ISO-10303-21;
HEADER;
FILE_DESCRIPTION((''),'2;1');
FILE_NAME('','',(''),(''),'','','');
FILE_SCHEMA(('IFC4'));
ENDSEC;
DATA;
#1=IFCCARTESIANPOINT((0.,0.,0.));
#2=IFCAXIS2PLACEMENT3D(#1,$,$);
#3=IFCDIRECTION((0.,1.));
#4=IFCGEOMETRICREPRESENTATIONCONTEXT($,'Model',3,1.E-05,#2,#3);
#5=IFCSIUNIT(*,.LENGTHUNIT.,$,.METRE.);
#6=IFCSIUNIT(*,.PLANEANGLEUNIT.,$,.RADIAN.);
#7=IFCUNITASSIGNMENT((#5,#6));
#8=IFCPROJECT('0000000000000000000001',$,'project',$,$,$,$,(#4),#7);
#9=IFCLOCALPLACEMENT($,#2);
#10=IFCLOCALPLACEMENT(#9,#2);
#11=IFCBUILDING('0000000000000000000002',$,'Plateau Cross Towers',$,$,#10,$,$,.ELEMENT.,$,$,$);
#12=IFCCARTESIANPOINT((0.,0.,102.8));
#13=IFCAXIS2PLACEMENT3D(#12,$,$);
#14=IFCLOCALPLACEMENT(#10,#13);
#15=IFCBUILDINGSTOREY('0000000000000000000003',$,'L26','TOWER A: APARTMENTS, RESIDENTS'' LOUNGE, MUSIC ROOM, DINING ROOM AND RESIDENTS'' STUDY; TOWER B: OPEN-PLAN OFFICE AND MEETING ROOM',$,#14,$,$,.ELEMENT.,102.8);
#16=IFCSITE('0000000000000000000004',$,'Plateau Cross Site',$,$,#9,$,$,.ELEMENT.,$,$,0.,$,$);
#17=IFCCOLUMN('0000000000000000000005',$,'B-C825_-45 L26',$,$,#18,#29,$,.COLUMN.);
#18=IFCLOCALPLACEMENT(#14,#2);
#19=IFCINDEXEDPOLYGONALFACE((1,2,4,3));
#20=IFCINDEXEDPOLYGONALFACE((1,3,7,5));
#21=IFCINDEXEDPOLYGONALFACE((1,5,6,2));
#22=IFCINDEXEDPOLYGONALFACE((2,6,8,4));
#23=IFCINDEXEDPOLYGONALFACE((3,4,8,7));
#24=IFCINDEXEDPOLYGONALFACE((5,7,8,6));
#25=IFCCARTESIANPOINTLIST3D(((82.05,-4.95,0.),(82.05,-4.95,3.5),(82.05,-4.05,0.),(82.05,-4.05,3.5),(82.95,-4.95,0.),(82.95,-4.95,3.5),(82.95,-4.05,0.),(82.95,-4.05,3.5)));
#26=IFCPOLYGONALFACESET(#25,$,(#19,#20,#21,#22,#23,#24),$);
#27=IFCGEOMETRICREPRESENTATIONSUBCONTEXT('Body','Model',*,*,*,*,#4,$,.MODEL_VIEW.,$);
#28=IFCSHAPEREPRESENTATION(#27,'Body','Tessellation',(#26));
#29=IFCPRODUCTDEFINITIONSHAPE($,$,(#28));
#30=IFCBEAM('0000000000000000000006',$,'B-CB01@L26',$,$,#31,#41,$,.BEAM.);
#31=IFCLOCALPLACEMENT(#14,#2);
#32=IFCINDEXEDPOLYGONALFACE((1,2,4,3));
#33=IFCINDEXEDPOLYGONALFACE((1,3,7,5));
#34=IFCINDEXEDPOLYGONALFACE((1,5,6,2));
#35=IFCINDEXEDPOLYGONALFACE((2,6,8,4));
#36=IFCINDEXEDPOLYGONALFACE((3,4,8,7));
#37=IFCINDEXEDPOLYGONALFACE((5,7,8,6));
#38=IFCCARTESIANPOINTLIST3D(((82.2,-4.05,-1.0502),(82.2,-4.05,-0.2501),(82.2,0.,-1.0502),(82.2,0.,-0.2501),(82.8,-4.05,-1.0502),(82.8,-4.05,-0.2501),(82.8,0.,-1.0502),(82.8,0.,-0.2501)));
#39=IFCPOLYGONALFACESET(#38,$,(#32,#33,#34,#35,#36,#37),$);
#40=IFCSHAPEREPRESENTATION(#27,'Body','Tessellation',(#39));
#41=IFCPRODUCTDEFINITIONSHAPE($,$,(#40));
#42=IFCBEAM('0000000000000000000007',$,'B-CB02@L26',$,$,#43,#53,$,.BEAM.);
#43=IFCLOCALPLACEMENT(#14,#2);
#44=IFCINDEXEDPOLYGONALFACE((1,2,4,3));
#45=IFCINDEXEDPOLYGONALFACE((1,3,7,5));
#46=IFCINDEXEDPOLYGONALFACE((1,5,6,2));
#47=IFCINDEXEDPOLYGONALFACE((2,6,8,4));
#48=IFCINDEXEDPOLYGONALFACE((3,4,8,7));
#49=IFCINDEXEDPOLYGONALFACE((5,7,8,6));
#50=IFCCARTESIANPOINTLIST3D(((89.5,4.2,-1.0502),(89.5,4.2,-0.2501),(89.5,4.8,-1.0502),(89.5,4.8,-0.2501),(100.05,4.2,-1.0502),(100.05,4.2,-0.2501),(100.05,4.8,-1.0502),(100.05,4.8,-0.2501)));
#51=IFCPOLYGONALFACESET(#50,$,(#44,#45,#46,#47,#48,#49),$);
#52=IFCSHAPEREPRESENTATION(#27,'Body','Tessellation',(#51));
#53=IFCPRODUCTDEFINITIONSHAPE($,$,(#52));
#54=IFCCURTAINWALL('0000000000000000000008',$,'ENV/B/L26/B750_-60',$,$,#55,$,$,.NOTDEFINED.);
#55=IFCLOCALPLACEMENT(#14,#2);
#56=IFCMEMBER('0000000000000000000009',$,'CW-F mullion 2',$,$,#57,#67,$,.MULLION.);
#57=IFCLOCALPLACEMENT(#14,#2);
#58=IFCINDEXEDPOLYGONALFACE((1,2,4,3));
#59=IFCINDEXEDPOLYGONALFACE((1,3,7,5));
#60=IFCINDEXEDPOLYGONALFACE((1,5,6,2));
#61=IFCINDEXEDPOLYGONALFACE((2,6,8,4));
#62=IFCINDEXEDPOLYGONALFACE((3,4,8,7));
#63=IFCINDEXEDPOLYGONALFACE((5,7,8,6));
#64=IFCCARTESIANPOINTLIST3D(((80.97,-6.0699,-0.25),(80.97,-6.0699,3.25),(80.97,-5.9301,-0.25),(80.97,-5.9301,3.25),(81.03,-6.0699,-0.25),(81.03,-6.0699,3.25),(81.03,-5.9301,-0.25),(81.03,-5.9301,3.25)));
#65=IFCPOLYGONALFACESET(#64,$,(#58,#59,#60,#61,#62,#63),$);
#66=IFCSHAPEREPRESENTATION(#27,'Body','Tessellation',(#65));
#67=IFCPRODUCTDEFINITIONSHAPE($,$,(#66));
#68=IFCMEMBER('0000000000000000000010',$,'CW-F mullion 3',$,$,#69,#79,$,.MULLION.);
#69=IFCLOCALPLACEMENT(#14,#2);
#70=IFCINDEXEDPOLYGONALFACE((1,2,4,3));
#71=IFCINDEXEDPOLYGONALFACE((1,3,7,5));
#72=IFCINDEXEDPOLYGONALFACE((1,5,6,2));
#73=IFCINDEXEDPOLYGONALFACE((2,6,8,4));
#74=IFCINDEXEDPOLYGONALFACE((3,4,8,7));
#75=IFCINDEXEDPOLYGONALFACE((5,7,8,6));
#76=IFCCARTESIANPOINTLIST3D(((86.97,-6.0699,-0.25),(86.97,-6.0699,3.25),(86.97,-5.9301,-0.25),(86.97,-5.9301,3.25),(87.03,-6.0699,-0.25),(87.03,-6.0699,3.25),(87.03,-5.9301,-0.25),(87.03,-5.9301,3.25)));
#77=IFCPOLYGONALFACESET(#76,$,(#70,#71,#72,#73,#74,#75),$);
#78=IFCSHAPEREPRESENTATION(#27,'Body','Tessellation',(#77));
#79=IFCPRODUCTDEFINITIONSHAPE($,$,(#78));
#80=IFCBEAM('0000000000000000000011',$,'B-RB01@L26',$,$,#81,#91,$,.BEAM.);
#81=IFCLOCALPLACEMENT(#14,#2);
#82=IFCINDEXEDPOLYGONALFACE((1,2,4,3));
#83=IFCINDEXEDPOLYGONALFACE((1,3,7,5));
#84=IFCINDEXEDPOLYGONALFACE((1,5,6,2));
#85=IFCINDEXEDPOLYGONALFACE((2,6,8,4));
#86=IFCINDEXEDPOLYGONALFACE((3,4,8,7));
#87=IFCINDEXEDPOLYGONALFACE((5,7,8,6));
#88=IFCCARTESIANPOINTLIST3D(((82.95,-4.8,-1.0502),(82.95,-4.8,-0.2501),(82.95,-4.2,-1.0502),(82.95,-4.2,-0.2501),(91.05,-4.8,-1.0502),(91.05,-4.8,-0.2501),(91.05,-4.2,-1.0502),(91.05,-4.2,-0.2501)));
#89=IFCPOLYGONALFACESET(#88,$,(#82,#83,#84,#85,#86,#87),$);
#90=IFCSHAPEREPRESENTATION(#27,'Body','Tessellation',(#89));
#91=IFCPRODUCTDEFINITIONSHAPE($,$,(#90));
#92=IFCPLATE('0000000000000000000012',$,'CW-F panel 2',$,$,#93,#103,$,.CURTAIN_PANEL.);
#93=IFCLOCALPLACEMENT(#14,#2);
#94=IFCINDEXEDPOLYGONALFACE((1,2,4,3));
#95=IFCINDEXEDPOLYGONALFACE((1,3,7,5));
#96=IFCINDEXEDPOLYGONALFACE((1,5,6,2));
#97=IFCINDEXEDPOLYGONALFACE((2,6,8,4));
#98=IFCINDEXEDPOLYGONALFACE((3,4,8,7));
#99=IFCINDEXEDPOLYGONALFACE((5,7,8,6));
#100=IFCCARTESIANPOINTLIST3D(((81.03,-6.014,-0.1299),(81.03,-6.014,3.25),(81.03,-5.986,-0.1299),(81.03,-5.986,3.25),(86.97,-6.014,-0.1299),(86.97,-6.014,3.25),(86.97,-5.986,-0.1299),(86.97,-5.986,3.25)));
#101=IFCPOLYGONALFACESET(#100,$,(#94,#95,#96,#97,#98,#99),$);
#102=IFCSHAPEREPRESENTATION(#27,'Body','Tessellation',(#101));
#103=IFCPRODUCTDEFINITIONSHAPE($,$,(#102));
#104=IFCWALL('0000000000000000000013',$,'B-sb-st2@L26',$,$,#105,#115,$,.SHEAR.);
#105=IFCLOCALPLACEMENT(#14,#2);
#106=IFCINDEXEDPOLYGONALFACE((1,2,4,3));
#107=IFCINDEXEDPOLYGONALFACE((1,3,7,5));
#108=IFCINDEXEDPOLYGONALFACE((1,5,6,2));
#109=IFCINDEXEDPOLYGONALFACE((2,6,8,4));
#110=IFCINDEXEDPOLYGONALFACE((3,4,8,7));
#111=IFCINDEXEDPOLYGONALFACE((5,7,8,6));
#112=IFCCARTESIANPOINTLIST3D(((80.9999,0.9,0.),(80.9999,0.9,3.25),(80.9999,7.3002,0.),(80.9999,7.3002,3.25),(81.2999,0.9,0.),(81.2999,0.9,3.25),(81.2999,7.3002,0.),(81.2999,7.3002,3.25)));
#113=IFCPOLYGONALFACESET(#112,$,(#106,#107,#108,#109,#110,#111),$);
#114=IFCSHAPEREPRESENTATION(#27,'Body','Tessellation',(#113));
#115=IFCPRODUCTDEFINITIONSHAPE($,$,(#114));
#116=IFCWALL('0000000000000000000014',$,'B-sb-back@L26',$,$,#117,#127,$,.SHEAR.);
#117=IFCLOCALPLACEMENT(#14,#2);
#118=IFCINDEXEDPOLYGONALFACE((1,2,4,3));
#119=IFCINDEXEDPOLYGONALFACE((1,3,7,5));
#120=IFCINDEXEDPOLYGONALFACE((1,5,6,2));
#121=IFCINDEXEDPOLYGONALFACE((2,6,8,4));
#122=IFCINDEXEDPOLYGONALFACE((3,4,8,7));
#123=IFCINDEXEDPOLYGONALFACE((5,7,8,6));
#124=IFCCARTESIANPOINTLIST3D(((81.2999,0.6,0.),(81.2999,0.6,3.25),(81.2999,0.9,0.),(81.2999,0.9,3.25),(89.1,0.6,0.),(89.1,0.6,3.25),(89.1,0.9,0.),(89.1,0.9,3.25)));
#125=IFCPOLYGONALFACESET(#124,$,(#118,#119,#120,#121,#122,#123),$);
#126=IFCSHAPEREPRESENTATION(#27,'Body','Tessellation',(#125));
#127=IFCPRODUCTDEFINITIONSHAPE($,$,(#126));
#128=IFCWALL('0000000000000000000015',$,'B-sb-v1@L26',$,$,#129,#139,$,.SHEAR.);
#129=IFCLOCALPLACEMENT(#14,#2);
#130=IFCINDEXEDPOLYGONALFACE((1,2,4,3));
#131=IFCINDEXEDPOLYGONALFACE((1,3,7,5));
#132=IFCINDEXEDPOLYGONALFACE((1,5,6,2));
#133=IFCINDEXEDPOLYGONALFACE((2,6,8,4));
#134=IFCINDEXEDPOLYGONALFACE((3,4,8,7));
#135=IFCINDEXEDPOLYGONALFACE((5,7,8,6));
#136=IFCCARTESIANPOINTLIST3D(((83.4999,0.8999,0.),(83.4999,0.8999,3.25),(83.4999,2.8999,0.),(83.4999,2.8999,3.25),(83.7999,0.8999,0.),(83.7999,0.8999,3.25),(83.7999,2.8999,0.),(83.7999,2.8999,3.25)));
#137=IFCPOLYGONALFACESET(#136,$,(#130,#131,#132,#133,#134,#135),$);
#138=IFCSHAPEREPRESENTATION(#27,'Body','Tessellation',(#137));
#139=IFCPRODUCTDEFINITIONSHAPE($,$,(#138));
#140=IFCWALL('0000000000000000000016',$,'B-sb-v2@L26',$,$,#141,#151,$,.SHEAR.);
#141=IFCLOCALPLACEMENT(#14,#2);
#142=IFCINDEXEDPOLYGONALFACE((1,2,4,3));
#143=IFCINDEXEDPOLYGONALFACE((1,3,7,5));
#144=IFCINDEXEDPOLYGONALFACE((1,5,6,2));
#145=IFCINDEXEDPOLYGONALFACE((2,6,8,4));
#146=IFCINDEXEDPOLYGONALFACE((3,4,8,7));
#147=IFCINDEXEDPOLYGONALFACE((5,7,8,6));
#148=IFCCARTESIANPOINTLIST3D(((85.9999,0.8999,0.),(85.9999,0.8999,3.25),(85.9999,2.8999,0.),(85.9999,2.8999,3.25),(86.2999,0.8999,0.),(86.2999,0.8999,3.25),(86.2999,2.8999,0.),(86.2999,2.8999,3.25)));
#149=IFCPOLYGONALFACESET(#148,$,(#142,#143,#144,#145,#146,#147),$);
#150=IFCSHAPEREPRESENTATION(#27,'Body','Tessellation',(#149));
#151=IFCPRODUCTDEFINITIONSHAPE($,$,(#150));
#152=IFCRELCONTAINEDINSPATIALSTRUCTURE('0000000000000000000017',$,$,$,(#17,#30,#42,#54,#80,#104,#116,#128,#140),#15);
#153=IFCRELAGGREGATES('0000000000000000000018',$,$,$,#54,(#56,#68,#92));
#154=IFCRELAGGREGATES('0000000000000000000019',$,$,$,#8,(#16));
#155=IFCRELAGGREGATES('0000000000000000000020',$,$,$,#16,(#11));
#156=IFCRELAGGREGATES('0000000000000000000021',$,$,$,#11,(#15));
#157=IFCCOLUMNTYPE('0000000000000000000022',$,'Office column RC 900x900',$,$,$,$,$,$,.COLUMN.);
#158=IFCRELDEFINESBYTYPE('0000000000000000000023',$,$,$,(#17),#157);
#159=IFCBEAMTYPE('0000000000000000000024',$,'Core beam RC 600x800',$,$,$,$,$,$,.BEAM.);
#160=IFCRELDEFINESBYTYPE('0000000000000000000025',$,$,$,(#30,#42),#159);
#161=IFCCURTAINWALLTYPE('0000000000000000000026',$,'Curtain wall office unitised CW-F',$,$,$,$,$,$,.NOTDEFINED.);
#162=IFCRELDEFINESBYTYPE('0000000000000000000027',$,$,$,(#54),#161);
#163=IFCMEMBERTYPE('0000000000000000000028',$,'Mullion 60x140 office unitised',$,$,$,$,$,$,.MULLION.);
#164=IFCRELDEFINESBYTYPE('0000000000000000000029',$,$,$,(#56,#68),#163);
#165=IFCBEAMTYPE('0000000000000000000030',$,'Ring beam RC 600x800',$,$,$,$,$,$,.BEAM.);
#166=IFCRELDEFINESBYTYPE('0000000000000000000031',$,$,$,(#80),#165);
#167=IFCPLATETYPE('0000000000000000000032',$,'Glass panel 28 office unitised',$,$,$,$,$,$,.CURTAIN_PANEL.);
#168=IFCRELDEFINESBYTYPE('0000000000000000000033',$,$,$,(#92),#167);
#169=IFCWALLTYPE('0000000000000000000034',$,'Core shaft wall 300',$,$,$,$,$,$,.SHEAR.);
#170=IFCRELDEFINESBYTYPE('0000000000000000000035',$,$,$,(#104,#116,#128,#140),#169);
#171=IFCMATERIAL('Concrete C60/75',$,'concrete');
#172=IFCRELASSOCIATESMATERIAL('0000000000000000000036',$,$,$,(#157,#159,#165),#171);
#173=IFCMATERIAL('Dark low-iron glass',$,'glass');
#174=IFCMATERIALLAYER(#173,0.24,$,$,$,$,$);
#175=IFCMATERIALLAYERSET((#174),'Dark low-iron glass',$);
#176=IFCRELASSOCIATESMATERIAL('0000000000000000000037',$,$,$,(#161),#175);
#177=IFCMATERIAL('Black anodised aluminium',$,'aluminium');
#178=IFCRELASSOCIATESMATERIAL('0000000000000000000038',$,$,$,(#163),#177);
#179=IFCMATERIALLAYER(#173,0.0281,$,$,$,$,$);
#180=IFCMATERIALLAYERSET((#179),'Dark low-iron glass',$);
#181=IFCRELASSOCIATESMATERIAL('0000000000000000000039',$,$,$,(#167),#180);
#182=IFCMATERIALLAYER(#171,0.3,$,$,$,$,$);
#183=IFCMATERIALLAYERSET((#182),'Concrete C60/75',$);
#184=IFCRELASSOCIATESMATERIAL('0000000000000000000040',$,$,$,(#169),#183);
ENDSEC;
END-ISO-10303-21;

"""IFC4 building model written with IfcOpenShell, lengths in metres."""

from ifc_helpers import new_model, si_unit, direction, frame, frame_2d, origin, origin_2d, place, context, subcontext, project, spatial, rectangle, extrude, material, layer, layer_set, material_profile, profile_set, type_object, element, aggregate, save


model = new_model("IFC4")

# Units and contexts
model_context = context("Model", 3, precision=1e-05, world=origin(), true_north=direction((0.0, 1.0)))
body_context = subcontext(model_context, "Body", "Model", "MODEL_VIEW")
ifc_project = project(units=[si_unit("LENGTHUNIT", "METRE"), si_unit("PLANEANGLEUNIT", "RADIAN")], contexts=[model_context])

# Site, building, storey
site_placement = place(None, origin())
site = spatial("IfcSite", under=ifc_project, at=site_placement, Name="Plateau Cross Site", CompositionType="ELEMENT", RefElevation=0.0)
building_placement = place(site_placement, origin())
building = spatial("IfcBuilding", under=site, at=building_placement, Name="Plateau Cross Towers", CompositionType="ELEMENT")
storey_placement = place(building_placement, frame((0.0, 0.0, 102.8)))
storey = spatial("IfcBuildingStorey", under=building, at=storey_placement, Name="L26", Description="TOWER A: APARTMENTS, RESIDENTS' LOUNGE, MUSIC ROOM, DINING ROOM AND RESIDENTS' STUDY; TOWER B: OPEN-PLAN OFFICE AND MEETING ROOM", CompositionType="ELEMENT", Elevation=102.8)

# Column
ifc_material_1 = material(Name="Concrete C60/75", Category="concrete")
ifc_material_profile_1 = material_profile(ifc_material_1, rectangle(XDim=0.8999, YDim=0.8999, at=origin_2d()), Name="RC 900x900")
ifc_profile_set_1 = profile_set([ifc_material_profile_1], Name="Concrete C60/75")
column_type = type_object("IfcColumnType", Name="Office column RC 900x900", PredefinedType="COLUMN", material=ifc_profile_set_1)
column_placement = place(storey_placement, frame((82.5, -4.5, 0.0), z_axis=(0.0, 0.0, 1.0), x_axis=(1.0, 0.0, 0.0)))
element("IfcColumn", 1, at=column_placement, inside=storey, type_object=column_type, Name="B-C825_-45 L26", PredefinedType="COLUMN", context=body_context, shape_type="SweptSolid", body=[
    extrude(rectangle(XDim=0.8999, YDim=0.8999, at=origin_2d()), origin(), (0.0, 0.0, 1.0), 3.5),
])

# Beams
ifc_material_profile_2 = material_profile(ifc_material_1, rectangle(XDim=0.6001, YDim=0.8, at=origin_2d()), Name="RC 600x800")
ifc_profile_set_2 = profile_set([ifc_material_profile_2], Name="Concrete C60/75")
beam_type_1 = type_object("IfcBeamType", Name="Core beam RC 600x800", PredefinedType="BEAM", material=ifc_profile_set_2)
beam_1_placement = place(storey_placement, frame((82.5, 0.0, -0.6501), z_axis=(0.0, -1.0, 0.0), x_axis=(1.0, 0.0, 0.0)))
element("IfcBeam", 2, at=beam_1_placement, inside=storey, type_object=beam_type_1, Name="B-CB01@L26", PredefinedType="BEAM", context=body_context, shape_type="SweptSolid", body=[
    extrude(rectangle(XDim=0.6001, YDim=0.8, at=origin_2d()), origin(), (0.0, 0.0, 1.0), 4.05),
])
beam_2_placement = place(storey_placement, frame((89.5, 4.5, -0.6501), z_axis=(1.0, 0.0, 0.0), x_axis=(0.0, 1.0, 0.0)))
element("IfcBeam", 3, at=beam_2_placement, inside=storey, type_object=beam_type_1, Name="B-CB02@L26", PredefinedType="BEAM", context=body_context, shape_type="SweptSolid", body=[
    extrude(rectangle(XDim=0.6001, YDim=0.8, at=origin_2d()), origin(), (0.0, 0.0, 1.0), 10.55),
])

# Curtain wall, members
ifc_material_2 = material(Name="Dark low-iron glass", Category="glass")
ifc_layer_1 = layer(ifc_material_2, 0.24)
ifc_layer_set_1 = layer_set([ifc_layer_1], Name="Dark low-iron glass")
curtain_wall_type = type_object("IfcCurtainWallType", Name="Curtain wall office unitised CW-F", PredefinedType="NOTDEFINED", material=ifc_layer_set_1)
curtain_wall_placement = place(storey_placement, origin())
curtain_wall = element("IfcCurtainWall", 4, at=curtain_wall_placement, inside=storey, type_object=curtain_wall_type, Name="ENV/B/L26/B750_-60", PredefinedType="NOTDEFINED")
ifc_material_3 = material(Name="Black anodised aluminium", Category="aluminium")
ifc_material_profile_3 = material_profile(ifc_material_3, rectangle(XDim=0.0601, YDim=0.1399, at=origin_2d()), Name="MULLION 60x140")
ifc_profile_set_3 = profile_set([ifc_material_profile_3], Name="Black anodised aluminium")
member_type = type_object("IfcMemberType", Name="Mullion 60x140 office unitised", PredefinedType="MULLION", material=ifc_profile_set_3)
member_1_placement = place(storey_placement, frame((81.0, -6.0, -0.25), z_axis=(0.0, 0.0, 1.0), x_axis=(1.0, 0.0, 0.0)))
member_1 = element("IfcMember", 5, at=member_1_placement, type_object=member_type, Name="CW-F mullion 2", PredefinedType="MULLION", context=body_context, shape_type="SweptSolid", body=[
    extrude(rectangle(XDim=0.0601, YDim=0.1399, at=origin_2d()), origin(), (0.0, 0.0, 1.0), 3.5),
])
member_2_placement = place(storey_placement, frame((87.0, -6.0, -0.25), z_axis=(0.0, 0.0, 1.0), x_axis=(1.0, 0.0, 0.0)))
member_2 = element("IfcMember", 6, at=member_2_placement, type_object=member_type, Name="CW-F mullion 3", PredefinedType="MULLION", context=body_context, shape_type="SweptSolid", body=[
    extrude(rectangle(XDim=0.0601, YDim=0.1399, at=origin_2d()), origin(), (0.0, 0.0, 1.0), 3.5),
])

# Beam
ifc_material_profile_4 = material_profile(ifc_material_1, rectangle(XDim=0.6001, YDim=0.8, at=origin_2d()), Name="RC 600x800")
ifc_profile_set_4 = profile_set([ifc_material_profile_4], Name="Concrete C60/75")
beam_type_2 = type_object("IfcBeamType", Name="Ring beam RC 600x800", PredefinedType="BEAM", material=ifc_profile_set_4)
beam_3_placement = place(storey_placement, frame((82.95, -4.5, -0.6501), z_axis=(1.0, 0.0, 0.0), x_axis=(0.0, 1.0, 0.0)))
element("IfcBeam", 7, at=beam_3_placement, inside=storey, type_object=beam_type_2, Name="B-RB01@L26", PredefinedType="BEAM", context=body_context, shape_type="SweptSolid", body=[
    extrude(rectangle(XDim=0.6001, YDim=0.8, at=origin_2d()), origin(), (0.0, 0.0, 1.0), 8.1001),
])

# Plate
ifc_layer_2 = layer(ifc_material_2, 0.0281)
ifc_layer_set_2 = layer_set([ifc_layer_2], Name="Dark low-iron glass")
plate_type = type_object("IfcPlateType", Name="Glass panel 28 office unitised", PredefinedType="CURTAIN_PANEL", material=ifc_layer_set_2)
plate_placement = place(storey_placement, frame((84.0, -6.0, -0.1299), z_axis=(0.0, 0.0, 1.0), x_axis=(1.0, 0.0, 0.0)))
plate = element("IfcPlate", 8, at=plate_placement, type_object=plate_type, Name="CW-F panel 2", PredefinedType="CURTAIN_PANEL", context=body_context, shape_type="SweptSolid", body=[
    extrude(rectangle(XDim=5.9399, YDim=0.0281, at=origin_2d()), origin(), (0.0, 0.0, 1.0), 3.3799),
])
aggregate(curtain_wall, [member_1, member_2, plate])

# Walls
ifc_layer_3 = layer(ifc_material_1, 0.3)
ifc_layer_set_3 = layer_set([ifc_layer_3], Name="Concrete C60/75")
wall_type_1 = type_object("IfcWallType", Name="Core shaft wall 300", PredefinedType="SHEAR", material=ifc_layer_set_3)
wall_1_placement = place(storey_placement, frame((81.1499, 0.8999, 0.0), z_axis=(0.0, 0.0, 1.0), x_axis=(0.0, 1.0, 0.0)))
element("IfcWall", 9, at=wall_1_placement, inside=storey, type_object=wall_type_1, Name="B-sb-st2@L26", PredefinedType="SHEAR", context=body_context, shape_type="SweptSolid", body=[
    extrude(rectangle(XDim=6.4001, YDim=0.3, at=frame_2d((3.2002, 0.0))), origin(), (0.0, 0.0, 1.0), 3.25),
])
wall_2_placement = place(storey_placement, frame((81.3, 0.75, 0.0), z_axis=(0.0, 0.0, 1.0), x_axis=(1.0, 0.0, 0.0)))
element("IfcWall", 10, at=wall_2_placement, inside=storey, type_object=wall_type_1, Name="B-sb-back@L26", PredefinedType="SHEAR", context=body_context, shape_type="SweptSolid", body=[
    extrude(rectangle(XDim=7.8, YDim=0.3, at=frame_2d((3.8999, 0.0))), origin(), (0.0, 0.0, 1.0), 3.25),
])
for number, where, z_axis, x_axis, name in (
    (11, (83.6499, 0.8999, 0.0), (0.0, 0.0, 1.0), (0.0, 1.0, 0.0), "B-sb-v1@L26"),
    (12, (86.1499, 0.8999, 0.0), (0.0, 0.0, 1.0), (0.0, 1.0, 0.0), "B-sb-v2@L26"),
):
    element("IfcWall", number, at=place(storey_placement, frame(where, z_axis=z_axis, x_axis=x_axis)), inside=storey, type_object=wall_type_1, Name=name, PredefinedType="SHEAR", context=body_context, shape_type="SweptSolid", body=[
        extrude(rectangle(XDim=2.0, YDim=0.3, at=frame_2d((1.0, 0.0))), origin(), (0.0, 0.0, 1.0), 3.25),
    ])

save(model, "model.ifc")
